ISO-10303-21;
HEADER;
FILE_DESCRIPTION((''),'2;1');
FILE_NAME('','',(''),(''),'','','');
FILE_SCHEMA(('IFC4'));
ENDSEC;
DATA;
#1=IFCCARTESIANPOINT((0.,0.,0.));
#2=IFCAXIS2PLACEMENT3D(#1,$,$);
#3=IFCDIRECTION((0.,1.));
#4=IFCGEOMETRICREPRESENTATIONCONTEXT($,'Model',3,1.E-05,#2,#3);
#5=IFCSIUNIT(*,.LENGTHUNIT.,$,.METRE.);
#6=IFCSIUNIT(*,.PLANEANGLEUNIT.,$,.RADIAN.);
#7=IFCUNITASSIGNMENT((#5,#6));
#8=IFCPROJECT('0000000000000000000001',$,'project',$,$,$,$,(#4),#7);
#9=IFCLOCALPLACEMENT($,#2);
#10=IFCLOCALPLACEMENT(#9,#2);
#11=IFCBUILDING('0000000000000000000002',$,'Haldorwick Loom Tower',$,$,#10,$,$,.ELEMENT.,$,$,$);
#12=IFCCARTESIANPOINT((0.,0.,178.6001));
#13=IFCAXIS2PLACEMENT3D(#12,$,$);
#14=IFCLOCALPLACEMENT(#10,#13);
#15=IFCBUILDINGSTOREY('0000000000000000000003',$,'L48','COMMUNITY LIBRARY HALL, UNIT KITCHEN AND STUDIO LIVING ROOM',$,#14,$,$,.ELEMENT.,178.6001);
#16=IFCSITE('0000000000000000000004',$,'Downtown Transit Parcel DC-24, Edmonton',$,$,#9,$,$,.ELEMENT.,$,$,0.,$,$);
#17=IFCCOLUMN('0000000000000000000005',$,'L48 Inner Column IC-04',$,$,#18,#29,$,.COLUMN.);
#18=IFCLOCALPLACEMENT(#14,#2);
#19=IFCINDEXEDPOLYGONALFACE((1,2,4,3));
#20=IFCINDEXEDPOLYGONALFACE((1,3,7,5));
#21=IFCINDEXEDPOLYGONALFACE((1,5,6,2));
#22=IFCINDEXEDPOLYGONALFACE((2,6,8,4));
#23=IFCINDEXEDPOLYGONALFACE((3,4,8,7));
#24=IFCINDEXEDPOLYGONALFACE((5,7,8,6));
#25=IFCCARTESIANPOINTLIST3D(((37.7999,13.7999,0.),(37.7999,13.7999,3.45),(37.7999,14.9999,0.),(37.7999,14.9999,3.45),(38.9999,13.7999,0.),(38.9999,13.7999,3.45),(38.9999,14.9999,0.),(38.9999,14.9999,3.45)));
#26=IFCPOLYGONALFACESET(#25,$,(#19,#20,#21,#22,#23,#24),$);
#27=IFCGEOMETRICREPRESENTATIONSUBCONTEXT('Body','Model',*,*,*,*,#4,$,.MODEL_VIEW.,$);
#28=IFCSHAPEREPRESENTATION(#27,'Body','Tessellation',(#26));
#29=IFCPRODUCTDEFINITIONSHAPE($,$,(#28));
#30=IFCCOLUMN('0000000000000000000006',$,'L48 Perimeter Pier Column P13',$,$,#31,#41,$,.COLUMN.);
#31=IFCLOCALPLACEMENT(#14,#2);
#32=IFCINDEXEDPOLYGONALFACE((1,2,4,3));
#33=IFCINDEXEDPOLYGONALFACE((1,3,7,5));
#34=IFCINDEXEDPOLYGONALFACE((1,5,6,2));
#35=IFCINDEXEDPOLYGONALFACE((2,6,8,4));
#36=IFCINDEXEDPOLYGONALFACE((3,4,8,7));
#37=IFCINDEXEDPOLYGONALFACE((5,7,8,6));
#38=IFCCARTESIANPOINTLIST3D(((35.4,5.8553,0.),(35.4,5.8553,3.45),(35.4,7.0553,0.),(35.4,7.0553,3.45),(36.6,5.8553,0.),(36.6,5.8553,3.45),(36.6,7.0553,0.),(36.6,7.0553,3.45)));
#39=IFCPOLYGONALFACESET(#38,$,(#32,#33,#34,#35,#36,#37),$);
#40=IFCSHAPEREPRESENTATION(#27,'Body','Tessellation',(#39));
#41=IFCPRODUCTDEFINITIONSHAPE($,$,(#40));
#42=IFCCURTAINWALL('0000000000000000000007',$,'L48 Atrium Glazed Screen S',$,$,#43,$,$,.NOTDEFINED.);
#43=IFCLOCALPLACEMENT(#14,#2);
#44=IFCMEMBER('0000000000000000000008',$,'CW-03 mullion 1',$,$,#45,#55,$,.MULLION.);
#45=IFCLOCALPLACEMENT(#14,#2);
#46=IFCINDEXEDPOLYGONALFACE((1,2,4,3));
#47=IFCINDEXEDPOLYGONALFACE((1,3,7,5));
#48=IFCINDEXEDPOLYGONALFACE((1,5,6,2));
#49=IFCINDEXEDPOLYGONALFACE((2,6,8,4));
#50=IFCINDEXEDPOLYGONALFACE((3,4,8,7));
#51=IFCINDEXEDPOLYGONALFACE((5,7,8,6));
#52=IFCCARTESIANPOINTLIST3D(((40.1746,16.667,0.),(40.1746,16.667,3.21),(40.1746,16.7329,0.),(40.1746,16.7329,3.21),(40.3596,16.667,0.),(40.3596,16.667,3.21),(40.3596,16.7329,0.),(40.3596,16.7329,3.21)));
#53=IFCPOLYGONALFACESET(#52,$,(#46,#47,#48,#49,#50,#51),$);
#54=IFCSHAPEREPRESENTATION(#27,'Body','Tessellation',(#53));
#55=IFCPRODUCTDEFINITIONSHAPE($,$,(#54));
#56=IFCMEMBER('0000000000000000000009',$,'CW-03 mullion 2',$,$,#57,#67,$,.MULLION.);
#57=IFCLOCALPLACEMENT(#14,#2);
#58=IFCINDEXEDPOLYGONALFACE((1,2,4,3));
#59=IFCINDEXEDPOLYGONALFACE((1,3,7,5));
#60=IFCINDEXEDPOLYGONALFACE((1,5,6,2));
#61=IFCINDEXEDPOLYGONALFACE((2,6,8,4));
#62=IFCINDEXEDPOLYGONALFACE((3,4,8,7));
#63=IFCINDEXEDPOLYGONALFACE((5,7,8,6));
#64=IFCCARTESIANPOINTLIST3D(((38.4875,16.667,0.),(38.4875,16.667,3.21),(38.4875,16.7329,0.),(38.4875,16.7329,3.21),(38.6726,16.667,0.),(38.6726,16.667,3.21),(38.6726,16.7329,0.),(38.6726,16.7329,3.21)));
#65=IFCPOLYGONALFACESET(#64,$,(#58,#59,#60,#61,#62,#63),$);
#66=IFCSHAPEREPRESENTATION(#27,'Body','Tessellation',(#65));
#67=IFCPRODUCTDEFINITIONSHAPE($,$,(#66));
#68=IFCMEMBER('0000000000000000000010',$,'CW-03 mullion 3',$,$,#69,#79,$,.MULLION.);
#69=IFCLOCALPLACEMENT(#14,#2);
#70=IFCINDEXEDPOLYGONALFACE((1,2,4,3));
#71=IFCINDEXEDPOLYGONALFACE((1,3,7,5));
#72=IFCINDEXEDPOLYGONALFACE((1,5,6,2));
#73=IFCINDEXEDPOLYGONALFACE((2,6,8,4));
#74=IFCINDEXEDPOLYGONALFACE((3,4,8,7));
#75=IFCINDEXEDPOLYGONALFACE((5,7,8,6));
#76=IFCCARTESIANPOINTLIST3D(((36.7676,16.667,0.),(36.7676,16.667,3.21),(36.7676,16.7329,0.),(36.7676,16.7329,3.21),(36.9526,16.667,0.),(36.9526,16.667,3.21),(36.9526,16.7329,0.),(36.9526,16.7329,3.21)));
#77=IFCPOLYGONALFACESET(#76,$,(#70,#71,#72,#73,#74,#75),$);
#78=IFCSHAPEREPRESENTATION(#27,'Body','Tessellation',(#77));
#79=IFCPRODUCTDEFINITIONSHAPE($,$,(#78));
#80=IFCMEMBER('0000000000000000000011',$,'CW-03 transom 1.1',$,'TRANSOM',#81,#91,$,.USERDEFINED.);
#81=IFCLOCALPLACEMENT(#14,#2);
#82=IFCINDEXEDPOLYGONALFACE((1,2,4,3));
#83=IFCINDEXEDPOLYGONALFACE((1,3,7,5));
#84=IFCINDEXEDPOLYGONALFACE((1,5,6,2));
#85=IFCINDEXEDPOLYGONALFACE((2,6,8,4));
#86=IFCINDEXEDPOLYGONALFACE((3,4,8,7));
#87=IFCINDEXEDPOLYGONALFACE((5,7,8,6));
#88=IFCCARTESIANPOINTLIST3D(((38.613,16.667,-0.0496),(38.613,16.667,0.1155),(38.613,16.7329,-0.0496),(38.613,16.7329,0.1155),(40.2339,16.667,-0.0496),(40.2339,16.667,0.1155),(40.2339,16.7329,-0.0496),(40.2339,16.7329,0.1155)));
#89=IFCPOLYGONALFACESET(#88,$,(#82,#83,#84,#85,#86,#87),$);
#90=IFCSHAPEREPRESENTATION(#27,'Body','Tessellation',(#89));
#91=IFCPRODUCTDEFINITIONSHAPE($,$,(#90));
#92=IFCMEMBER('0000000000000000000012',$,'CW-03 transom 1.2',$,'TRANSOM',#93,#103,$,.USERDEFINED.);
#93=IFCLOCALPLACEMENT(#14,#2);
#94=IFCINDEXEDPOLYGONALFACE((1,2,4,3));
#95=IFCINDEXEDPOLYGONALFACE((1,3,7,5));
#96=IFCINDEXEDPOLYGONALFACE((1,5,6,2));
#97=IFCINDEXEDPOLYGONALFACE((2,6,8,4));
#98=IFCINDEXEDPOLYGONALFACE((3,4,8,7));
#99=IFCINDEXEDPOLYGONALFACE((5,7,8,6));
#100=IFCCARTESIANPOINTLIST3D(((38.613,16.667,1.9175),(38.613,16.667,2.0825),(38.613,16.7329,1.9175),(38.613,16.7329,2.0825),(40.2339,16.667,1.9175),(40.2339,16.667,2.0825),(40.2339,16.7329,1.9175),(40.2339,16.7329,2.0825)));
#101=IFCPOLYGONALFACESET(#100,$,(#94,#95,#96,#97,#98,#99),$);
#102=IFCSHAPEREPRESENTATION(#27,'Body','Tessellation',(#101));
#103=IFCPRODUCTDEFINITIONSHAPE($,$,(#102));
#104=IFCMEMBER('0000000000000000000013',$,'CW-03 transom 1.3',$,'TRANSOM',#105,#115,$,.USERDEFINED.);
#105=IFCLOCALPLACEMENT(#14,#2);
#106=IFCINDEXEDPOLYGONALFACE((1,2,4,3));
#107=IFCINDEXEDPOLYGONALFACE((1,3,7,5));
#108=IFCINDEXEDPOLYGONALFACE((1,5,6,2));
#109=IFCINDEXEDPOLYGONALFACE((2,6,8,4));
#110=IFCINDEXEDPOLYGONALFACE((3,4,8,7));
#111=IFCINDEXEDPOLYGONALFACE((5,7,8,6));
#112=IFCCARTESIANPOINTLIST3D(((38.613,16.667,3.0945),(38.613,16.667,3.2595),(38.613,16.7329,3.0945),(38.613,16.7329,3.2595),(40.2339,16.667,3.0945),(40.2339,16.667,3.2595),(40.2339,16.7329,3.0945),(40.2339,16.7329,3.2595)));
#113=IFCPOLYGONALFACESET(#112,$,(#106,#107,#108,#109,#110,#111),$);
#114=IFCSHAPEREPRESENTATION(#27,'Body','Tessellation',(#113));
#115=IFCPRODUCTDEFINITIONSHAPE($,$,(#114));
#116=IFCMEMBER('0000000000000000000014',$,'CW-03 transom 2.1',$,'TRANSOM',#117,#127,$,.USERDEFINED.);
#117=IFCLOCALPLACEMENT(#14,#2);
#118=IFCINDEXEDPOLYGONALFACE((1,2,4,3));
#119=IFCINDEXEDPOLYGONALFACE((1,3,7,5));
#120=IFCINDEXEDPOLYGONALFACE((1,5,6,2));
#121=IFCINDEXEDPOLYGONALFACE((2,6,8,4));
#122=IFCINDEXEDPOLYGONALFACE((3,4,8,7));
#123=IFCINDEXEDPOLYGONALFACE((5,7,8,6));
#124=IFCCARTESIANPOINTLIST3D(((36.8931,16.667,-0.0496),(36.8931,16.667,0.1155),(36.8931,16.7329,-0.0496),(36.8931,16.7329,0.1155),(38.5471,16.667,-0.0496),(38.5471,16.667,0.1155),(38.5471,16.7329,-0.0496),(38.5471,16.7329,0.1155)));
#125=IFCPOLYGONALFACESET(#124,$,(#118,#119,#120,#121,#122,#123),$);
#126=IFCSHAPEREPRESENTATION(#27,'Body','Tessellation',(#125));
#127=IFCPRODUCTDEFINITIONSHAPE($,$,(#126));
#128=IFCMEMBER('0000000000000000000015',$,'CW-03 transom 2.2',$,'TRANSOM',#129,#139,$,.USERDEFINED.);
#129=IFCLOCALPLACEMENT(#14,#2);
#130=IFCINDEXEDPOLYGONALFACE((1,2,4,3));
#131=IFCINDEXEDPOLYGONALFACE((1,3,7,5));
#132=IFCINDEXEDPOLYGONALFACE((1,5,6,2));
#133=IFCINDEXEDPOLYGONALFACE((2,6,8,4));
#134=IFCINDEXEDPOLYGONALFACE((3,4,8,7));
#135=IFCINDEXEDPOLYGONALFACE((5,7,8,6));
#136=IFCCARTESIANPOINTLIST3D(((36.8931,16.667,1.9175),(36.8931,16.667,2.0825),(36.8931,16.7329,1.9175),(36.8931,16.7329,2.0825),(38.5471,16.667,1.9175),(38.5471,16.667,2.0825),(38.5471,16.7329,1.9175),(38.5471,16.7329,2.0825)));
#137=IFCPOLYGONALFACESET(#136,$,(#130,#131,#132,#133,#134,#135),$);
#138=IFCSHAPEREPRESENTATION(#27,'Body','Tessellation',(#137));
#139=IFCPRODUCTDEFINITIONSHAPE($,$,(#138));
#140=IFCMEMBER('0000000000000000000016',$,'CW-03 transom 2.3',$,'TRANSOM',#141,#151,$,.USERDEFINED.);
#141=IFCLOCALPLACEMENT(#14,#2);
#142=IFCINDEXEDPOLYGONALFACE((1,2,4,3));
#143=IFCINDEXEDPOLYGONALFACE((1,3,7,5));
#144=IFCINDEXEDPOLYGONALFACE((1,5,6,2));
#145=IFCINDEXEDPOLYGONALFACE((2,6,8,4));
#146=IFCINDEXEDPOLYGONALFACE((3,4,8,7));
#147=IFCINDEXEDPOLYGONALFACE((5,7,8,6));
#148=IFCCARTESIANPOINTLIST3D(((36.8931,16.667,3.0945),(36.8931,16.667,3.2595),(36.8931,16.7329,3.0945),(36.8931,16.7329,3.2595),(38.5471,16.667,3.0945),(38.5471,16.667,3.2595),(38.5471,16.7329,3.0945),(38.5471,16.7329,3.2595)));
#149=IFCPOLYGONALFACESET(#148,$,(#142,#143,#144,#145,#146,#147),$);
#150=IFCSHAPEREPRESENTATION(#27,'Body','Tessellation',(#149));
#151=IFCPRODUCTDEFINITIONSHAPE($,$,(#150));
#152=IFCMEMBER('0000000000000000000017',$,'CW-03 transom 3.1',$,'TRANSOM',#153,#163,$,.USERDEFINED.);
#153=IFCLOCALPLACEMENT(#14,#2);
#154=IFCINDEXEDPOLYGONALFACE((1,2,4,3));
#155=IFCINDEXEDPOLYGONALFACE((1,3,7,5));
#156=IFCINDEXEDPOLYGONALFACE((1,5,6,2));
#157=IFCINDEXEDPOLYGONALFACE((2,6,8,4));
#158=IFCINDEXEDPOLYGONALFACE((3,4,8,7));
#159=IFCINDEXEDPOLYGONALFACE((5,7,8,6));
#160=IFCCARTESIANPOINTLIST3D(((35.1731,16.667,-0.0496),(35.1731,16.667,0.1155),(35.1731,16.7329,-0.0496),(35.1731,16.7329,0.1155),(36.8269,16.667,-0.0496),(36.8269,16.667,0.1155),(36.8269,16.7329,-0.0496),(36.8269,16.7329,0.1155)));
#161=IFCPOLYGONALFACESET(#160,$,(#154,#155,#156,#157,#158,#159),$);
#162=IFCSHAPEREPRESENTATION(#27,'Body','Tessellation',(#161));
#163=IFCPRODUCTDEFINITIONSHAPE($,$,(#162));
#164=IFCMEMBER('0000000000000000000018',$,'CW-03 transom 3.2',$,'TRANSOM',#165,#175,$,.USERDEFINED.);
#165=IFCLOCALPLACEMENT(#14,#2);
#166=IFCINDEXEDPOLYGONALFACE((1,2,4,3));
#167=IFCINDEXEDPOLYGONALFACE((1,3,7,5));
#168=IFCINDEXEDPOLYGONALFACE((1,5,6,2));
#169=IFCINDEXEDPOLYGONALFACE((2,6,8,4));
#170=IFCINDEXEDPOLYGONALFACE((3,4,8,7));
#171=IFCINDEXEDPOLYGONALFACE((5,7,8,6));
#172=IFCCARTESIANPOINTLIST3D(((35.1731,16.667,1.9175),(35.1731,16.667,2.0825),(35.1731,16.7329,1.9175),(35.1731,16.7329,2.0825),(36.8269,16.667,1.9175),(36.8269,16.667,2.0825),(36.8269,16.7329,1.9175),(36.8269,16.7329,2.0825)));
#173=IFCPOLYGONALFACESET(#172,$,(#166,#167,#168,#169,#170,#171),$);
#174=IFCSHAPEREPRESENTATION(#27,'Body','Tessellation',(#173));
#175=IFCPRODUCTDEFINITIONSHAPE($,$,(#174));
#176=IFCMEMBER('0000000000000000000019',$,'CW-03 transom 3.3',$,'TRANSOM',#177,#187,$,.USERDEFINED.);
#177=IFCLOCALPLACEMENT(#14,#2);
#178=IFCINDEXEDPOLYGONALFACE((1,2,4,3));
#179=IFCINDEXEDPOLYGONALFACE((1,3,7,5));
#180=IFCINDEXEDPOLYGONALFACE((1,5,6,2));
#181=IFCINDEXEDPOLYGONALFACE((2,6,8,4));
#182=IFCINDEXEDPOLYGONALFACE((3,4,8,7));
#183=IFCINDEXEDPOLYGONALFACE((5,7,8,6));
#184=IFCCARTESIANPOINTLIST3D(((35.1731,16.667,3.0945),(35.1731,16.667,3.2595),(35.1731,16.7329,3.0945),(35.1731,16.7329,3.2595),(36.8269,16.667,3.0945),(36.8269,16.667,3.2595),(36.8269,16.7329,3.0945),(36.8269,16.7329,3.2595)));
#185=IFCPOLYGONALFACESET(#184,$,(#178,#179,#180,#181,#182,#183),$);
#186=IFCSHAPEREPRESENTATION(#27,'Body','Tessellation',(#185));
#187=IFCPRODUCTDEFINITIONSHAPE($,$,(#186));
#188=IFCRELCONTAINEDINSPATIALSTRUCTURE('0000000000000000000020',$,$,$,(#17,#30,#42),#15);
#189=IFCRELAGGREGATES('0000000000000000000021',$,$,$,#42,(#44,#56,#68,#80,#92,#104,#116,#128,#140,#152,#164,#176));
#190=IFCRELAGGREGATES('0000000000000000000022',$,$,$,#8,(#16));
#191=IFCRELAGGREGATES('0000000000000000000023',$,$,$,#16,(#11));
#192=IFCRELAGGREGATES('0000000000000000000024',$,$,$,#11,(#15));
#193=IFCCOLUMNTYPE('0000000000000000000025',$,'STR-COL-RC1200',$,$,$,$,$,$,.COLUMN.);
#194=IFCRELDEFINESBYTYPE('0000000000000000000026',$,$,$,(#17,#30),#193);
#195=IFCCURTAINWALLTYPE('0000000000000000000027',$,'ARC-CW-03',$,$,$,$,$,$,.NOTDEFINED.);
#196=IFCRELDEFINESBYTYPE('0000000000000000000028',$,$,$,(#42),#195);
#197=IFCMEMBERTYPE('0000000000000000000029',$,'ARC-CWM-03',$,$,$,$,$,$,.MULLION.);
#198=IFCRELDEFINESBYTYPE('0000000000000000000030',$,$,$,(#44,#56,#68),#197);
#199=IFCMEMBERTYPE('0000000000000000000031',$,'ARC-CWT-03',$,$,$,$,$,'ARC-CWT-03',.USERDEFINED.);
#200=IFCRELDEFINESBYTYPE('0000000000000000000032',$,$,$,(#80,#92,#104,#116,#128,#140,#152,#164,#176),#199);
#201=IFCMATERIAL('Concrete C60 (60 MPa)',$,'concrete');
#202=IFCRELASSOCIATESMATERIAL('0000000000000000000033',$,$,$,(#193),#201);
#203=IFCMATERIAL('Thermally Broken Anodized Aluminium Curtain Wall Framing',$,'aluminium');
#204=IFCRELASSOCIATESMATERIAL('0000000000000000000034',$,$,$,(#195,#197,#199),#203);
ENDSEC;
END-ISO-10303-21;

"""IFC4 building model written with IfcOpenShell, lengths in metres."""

from ifc_helpers import new_model, si_unit, direction, frame, origin, origin_2d, place, context, subcontext, project, spatial, rectangle, extrude, material, material_profile, profile_set, type_object, element, aggregate, save


model = new_model("IFC4")

# Units and contexts
model_context = context("Model", 3, precision=1e-05, world=origin(), true_north=direction((0.0, 1.0)))
body_context = subcontext(model_context, "Body", "Model", "MODEL_VIEW")
ifc_project = project(units=[si_unit("LENGTHUNIT", "METRE"), si_unit("PLANEANGLEUNIT", "RADIAN")], contexts=[model_context])

# Site, building, storey
site_placement = place(None, origin())
site = spatial("IfcSite", under=ifc_project, at=site_placement, Name="Downtown Transit Parcel DC-24, Edmonton", CompositionType="ELEMENT", RefElevation=0.0)
building_placement = place(site_placement, origin())
building = spatial("IfcBuilding", under=site, at=building_placement, Name="Haldorwick Loom Tower", CompositionType="ELEMENT")
storey_placement = place(building_placement, frame((0.0, 0.0, 178.6001)))
storey = spatial("IfcBuildingStorey", under=building, at=storey_placement, Name="L48", Description="COMMUNITY LIBRARY HALL, UNIT KITCHEN AND STUDIO LIVING ROOM", CompositionType="ELEMENT", Elevation=178.6001)

# Columns
ifc_material_1 = material(Name="Concrete C60 (60 MPa)", Category="concrete")
ifc_material_profile_1 = material_profile(ifc_material_1, rectangle(XDim=1.2, YDim=1.2, at=origin_2d()), Name="RC1200X1200", Category="concrete")
ifc_profile_set_1 = profile_set([ifc_material_profile_1], Name="Concrete C60 (60 MPa)")
column_type = type_object("IfcColumnType", Name="STR-COL-RC1200", PredefinedType="COLUMN", material=ifc_profile_set_1)
for number, where, z_axis, x_axis, name in (
    (1, (38.3999, 14.3999, 0.0), (0.0, 0.0, 1.0), (1.0, 0.0, 0.0), "L48 Inner Column IC-04"),
    (2, (36.0, 6.4553, 0.0), (0.0, 0.0, 1.0), (0.0, -1.0, 0.0), "L48 Perimeter Pier Column P13"),
):
    element("IfcColumn", number, at=place(storey_placement, frame(where, z_axis=z_axis, x_axis=x_axis)), inside=storey, type_object=column_type, Name=name, PredefinedType="COLUMN", context=body_context, shape_type="SweptSolid", body=[
        extrude(rectangle(XDim=1.2, YDim=1.2, at=origin_2d()), origin(), (0.0, 0.0, 1.0), 3.45),
    ])

# Curtain wall, members
ifc_material_2 = material(Name="Thermally Broken Anodized Aluminium Curtain Wall Framing", Category="aluminium")
curtain_wall_type = type_object("IfcCurtainWallType", Name="ARC-CW-03", PredefinedType="NOTDEFINED", material=ifc_material_2)
curtain_wall_placement = place(storey_placement, origin())
curtain_wall = element("IfcCurtainWall", 3, at=curtain_wall_placement, inside=storey, type_object=curtain_wall_type, Name="L48 Atrium Glazed Screen S", PredefinedType="NOTDEFINED")
ifc_material_profile_2 = material_profile(ifc_material_2, rectangle(XDim=0.0659, YDim=0.1851, at=origin_2d()), Name="ALU_MUL_66X185", Category="aluminium")
ifc_profile_set_2 = profile_set([ifc_material_profile_2], Name="Thermally Broken Anodized Aluminium Curtain Wall Framing")
member_type_1 = type_object("IfcMemberType", Name="ARC-CWM-03", PredefinedType="MULLION", material=ifc_profile_set_2)
member_1_placement = place(storey_placement, frame((40.2671, 16.7, 0.0), z_axis=(0.0, 0.0, 1.0), x_axis=(0.0, -1.0, 0.0)))
member_1 = element("IfcMember", 4, at=member_1_placement, type_object=member_type_1, Name="CW-03 mullion 1", PredefinedType="MULLION", context=body_context, shape_type="SweptSolid", body=[
    extrude(rectangle(XDim=0.0659, YDim=0.1851, at=origin_2d()), origin(), (0.0, 0.0, 1.0), 3.21),
])
member_2_placement = place(storey_placement, frame((38.5801, 16.7, 0.0), z_axis=(0.0, 0.0, 1.0), x_axis=(0.0, -1.0, 0.0)))
member_2 = element("IfcMember", 5, at=member_2_placement, type_object=member_type_1, Name="CW-03 mullion 2", PredefinedType="MULLION", context=body_context, shape_type="SweptSolid", body=[
    extrude(rectangle(XDim=0.0659, YDim=0.1851, at=origin_2d()), origin(), (0.0, 0.0, 1.0), 3.21),
])
member_3_placement = place(storey_placement, frame((36.8601, 16.7, 0.0), z_axis=(0.0, 0.0, 1.0), x_axis=(0.0, -1.0, 0.0)))
member_3 = element("IfcMember", 6, at=member_3_placement, type_object=member_type_1, Name="CW-03 mullion 3", PredefinedType="MULLION", context=body_context, shape_type="SweptSolid", body=[
    extrude(rectangle(XDim=0.0659, YDim=0.1851, at=origin_2d()), origin(), (0.0, 0.0, 1.0), 3.21),
])
ifc_material_profile_3 = material_profile(ifc_material_2, rectangle(XDim=0.0659, YDim=0.165, at=origin_2d()), Name="ALU_TRN_66X165", Category="aluminium")
ifc_profile_set_3 = profile_set([ifc_material_profile_3], Name="Thermally Broken Anodized Aluminium Curtain Wall Framing")
member_type_2 = type_object("IfcMemberType", Name="ARC-CWT-03", ElementType="ARC-CWT-03", PredefinedType="USERDEFINED", material=ifc_profile_set_3)
member_4_placement = place(storey_placement, frame((40.2339, 16.7, 0.033), z_axis=(-1.0, 0.0, 0.0), x_axis=(0.0, -1.0, 0.0)))
member_4 = element("IfcMember", 7, at=member_4_placement, type_object=member_type_2, Name="CW-03 transom 1.1", ObjectType="TRANSOM", PredefinedType="USERDEFINED", context=body_context, shape_type="SweptSolid", body=[
    extrude(rectangle(XDim=0.0659, YDim=0.165, at=origin_2d()), origin(), (0.0, 0.0, 1.0), 1.6208),
])
member_5_placement = place(storey_placement, frame((40.2339, 16.7, 2.0), z_axis=(-1.0, 0.0, 0.0), x_axis=(0.0, -1.0, 0.0)))
member_5 = element("IfcMember", 8, at=member_5_placement, type_object=member_type_2, Name="CW-03 transom 1.2", ObjectType="TRANSOM", PredefinedType="USERDEFINED", context=body_context, shape_type="SweptSolid", body=[
    extrude(rectangle(XDim=0.0659, YDim=0.165, at=origin_2d()), origin(), (0.0, 0.0, 1.0), 1.6208),
])
member_6_placement = place(storey_placement, frame((40.2339, 16.7, 3.177), z_axis=(-1.0, 0.0, 0.0), x_axis=(0.0, -1.0, 0.0)))
member_6 = element("IfcMember", 9, at=member_6_placement, type_object=member_type_2, Name="CW-03 transom 1.3", ObjectType="TRANSOM", PredefinedType="USERDEFINED", context=body_context, shape_type="SweptSolid", body=[
    extrude(rectangle(XDim=0.0659, YDim=0.165, at=origin_2d()), origin(), (0.0, 0.0, 1.0), 1.6208),
])
member_7_placement = place(storey_placement, frame((38.5471, 16.7, 0.033), z_axis=(-1.0, 0.0, 0.0), x_axis=(0.0, -1.0, 0.0)))
member_7 = element("IfcMember", 10, at=member_7_placement, type_object=member_type_2, Name="CW-03 transom 2.1", ObjectType="TRANSOM", PredefinedType="USERDEFINED", context=body_context, shape_type="SweptSolid", body=[
    extrude(rectangle(XDim=0.0659, YDim=0.165, at=origin_2d()), origin(), (0.0, 0.0, 1.0), 1.6541),
])
member_8_placement = place(storey_placement, frame((38.5471, 16.7, 2.0), z_axis=(-1.0, 0.0, 0.0), x_axis=(0.0, -1.0, 0.0)))
member_8 = element("IfcMember", 11, at=member_8_placement, type_object=member_type_2, Name="CW-03 transom 2.2", ObjectType="TRANSOM", PredefinedType="USERDEFINED", context=body_context, shape_type="SweptSolid", body=[
    extrude(rectangle(XDim=0.0659, YDim=0.165, at=origin_2d()), origin(), (0.0, 0.0, 1.0), 1.6541),
])
member_9_placement = place(storey_placement, frame((38.5471, 16.7, 3.177), z_axis=(-1.0, 0.0, 0.0), x_axis=(0.0, -1.0, 0.0)))
member_9 = element("IfcMember", 12, at=member_9_placement, type_object=member_type_2, Name="CW-03 transom 2.3", ObjectType="TRANSOM", PredefinedType="USERDEFINED", context=body_context, shape_type="SweptSolid", body=[
    extrude(rectangle(XDim=0.0659, YDim=0.165, at=origin_2d()), origin(), (0.0, 0.0, 1.0), 1.6541),
])
member_10_placement = place(storey_placement, frame((36.8269, 16.7, 0.033), z_axis=(-1.0, 0.0, 0.0), x_axis=(0.0, -1.0, 0.0)))
member_10 = element("IfcMember", 13, at=member_10_placement, type_object=member_type_2, Name="CW-03 transom 3.1", ObjectType="TRANSOM", PredefinedType="USERDEFINED", context=body_context, shape_type="SweptSolid", body=[
    extrude(rectangle(XDim=0.0659, YDim=0.165, at=origin_2d()), origin(), (0.0, 0.0, 1.0), 1.6538),
])
member_11_placement = place(storey_placement, frame((36.8269, 16.7, 2.0), z_axis=(-1.0, 0.0, 0.0), x_axis=(0.0, -1.0, 0.0)))
member_11 = element("IfcMember", 14, at=member_11_placement, type_object=member_type_2, Name="CW-03 transom 3.2", ObjectType="TRANSOM", PredefinedType="USERDEFINED", context=body_context, shape_type="SweptSolid", body=[
    extrude(rectangle(XDim=0.0659, YDim=0.165, at=origin_2d()), origin(), (0.0, 0.0, 1.0), 1.6538),
])
member_12_placement = place(storey_placement, frame((36.8269, 16.7, 3.177), z_axis=(-1.0, 0.0, 0.0), x_axis=(0.0, -1.0, 0.0)))
member_12 = element("IfcMember", 15, at=member_12_placement, type_object=member_type_2, Name="CW-03 transom 3.3", ObjectType="TRANSOM", PredefinedType="USERDEFINED", context=body_context, shape_type="SweptSolid", body=[
    extrude(rectangle(XDim=0.0659, YDim=0.165, at=origin_2d()), origin(), (0.0, 0.0, 1.0), 1.6538),
])

aggregate(curtain_wall, [member_1, member_2, member_3, member_4, member_5, member_6, member_7, member_8, member_9, member_10, member_11, member_12])

save(model, "model.ifc")
